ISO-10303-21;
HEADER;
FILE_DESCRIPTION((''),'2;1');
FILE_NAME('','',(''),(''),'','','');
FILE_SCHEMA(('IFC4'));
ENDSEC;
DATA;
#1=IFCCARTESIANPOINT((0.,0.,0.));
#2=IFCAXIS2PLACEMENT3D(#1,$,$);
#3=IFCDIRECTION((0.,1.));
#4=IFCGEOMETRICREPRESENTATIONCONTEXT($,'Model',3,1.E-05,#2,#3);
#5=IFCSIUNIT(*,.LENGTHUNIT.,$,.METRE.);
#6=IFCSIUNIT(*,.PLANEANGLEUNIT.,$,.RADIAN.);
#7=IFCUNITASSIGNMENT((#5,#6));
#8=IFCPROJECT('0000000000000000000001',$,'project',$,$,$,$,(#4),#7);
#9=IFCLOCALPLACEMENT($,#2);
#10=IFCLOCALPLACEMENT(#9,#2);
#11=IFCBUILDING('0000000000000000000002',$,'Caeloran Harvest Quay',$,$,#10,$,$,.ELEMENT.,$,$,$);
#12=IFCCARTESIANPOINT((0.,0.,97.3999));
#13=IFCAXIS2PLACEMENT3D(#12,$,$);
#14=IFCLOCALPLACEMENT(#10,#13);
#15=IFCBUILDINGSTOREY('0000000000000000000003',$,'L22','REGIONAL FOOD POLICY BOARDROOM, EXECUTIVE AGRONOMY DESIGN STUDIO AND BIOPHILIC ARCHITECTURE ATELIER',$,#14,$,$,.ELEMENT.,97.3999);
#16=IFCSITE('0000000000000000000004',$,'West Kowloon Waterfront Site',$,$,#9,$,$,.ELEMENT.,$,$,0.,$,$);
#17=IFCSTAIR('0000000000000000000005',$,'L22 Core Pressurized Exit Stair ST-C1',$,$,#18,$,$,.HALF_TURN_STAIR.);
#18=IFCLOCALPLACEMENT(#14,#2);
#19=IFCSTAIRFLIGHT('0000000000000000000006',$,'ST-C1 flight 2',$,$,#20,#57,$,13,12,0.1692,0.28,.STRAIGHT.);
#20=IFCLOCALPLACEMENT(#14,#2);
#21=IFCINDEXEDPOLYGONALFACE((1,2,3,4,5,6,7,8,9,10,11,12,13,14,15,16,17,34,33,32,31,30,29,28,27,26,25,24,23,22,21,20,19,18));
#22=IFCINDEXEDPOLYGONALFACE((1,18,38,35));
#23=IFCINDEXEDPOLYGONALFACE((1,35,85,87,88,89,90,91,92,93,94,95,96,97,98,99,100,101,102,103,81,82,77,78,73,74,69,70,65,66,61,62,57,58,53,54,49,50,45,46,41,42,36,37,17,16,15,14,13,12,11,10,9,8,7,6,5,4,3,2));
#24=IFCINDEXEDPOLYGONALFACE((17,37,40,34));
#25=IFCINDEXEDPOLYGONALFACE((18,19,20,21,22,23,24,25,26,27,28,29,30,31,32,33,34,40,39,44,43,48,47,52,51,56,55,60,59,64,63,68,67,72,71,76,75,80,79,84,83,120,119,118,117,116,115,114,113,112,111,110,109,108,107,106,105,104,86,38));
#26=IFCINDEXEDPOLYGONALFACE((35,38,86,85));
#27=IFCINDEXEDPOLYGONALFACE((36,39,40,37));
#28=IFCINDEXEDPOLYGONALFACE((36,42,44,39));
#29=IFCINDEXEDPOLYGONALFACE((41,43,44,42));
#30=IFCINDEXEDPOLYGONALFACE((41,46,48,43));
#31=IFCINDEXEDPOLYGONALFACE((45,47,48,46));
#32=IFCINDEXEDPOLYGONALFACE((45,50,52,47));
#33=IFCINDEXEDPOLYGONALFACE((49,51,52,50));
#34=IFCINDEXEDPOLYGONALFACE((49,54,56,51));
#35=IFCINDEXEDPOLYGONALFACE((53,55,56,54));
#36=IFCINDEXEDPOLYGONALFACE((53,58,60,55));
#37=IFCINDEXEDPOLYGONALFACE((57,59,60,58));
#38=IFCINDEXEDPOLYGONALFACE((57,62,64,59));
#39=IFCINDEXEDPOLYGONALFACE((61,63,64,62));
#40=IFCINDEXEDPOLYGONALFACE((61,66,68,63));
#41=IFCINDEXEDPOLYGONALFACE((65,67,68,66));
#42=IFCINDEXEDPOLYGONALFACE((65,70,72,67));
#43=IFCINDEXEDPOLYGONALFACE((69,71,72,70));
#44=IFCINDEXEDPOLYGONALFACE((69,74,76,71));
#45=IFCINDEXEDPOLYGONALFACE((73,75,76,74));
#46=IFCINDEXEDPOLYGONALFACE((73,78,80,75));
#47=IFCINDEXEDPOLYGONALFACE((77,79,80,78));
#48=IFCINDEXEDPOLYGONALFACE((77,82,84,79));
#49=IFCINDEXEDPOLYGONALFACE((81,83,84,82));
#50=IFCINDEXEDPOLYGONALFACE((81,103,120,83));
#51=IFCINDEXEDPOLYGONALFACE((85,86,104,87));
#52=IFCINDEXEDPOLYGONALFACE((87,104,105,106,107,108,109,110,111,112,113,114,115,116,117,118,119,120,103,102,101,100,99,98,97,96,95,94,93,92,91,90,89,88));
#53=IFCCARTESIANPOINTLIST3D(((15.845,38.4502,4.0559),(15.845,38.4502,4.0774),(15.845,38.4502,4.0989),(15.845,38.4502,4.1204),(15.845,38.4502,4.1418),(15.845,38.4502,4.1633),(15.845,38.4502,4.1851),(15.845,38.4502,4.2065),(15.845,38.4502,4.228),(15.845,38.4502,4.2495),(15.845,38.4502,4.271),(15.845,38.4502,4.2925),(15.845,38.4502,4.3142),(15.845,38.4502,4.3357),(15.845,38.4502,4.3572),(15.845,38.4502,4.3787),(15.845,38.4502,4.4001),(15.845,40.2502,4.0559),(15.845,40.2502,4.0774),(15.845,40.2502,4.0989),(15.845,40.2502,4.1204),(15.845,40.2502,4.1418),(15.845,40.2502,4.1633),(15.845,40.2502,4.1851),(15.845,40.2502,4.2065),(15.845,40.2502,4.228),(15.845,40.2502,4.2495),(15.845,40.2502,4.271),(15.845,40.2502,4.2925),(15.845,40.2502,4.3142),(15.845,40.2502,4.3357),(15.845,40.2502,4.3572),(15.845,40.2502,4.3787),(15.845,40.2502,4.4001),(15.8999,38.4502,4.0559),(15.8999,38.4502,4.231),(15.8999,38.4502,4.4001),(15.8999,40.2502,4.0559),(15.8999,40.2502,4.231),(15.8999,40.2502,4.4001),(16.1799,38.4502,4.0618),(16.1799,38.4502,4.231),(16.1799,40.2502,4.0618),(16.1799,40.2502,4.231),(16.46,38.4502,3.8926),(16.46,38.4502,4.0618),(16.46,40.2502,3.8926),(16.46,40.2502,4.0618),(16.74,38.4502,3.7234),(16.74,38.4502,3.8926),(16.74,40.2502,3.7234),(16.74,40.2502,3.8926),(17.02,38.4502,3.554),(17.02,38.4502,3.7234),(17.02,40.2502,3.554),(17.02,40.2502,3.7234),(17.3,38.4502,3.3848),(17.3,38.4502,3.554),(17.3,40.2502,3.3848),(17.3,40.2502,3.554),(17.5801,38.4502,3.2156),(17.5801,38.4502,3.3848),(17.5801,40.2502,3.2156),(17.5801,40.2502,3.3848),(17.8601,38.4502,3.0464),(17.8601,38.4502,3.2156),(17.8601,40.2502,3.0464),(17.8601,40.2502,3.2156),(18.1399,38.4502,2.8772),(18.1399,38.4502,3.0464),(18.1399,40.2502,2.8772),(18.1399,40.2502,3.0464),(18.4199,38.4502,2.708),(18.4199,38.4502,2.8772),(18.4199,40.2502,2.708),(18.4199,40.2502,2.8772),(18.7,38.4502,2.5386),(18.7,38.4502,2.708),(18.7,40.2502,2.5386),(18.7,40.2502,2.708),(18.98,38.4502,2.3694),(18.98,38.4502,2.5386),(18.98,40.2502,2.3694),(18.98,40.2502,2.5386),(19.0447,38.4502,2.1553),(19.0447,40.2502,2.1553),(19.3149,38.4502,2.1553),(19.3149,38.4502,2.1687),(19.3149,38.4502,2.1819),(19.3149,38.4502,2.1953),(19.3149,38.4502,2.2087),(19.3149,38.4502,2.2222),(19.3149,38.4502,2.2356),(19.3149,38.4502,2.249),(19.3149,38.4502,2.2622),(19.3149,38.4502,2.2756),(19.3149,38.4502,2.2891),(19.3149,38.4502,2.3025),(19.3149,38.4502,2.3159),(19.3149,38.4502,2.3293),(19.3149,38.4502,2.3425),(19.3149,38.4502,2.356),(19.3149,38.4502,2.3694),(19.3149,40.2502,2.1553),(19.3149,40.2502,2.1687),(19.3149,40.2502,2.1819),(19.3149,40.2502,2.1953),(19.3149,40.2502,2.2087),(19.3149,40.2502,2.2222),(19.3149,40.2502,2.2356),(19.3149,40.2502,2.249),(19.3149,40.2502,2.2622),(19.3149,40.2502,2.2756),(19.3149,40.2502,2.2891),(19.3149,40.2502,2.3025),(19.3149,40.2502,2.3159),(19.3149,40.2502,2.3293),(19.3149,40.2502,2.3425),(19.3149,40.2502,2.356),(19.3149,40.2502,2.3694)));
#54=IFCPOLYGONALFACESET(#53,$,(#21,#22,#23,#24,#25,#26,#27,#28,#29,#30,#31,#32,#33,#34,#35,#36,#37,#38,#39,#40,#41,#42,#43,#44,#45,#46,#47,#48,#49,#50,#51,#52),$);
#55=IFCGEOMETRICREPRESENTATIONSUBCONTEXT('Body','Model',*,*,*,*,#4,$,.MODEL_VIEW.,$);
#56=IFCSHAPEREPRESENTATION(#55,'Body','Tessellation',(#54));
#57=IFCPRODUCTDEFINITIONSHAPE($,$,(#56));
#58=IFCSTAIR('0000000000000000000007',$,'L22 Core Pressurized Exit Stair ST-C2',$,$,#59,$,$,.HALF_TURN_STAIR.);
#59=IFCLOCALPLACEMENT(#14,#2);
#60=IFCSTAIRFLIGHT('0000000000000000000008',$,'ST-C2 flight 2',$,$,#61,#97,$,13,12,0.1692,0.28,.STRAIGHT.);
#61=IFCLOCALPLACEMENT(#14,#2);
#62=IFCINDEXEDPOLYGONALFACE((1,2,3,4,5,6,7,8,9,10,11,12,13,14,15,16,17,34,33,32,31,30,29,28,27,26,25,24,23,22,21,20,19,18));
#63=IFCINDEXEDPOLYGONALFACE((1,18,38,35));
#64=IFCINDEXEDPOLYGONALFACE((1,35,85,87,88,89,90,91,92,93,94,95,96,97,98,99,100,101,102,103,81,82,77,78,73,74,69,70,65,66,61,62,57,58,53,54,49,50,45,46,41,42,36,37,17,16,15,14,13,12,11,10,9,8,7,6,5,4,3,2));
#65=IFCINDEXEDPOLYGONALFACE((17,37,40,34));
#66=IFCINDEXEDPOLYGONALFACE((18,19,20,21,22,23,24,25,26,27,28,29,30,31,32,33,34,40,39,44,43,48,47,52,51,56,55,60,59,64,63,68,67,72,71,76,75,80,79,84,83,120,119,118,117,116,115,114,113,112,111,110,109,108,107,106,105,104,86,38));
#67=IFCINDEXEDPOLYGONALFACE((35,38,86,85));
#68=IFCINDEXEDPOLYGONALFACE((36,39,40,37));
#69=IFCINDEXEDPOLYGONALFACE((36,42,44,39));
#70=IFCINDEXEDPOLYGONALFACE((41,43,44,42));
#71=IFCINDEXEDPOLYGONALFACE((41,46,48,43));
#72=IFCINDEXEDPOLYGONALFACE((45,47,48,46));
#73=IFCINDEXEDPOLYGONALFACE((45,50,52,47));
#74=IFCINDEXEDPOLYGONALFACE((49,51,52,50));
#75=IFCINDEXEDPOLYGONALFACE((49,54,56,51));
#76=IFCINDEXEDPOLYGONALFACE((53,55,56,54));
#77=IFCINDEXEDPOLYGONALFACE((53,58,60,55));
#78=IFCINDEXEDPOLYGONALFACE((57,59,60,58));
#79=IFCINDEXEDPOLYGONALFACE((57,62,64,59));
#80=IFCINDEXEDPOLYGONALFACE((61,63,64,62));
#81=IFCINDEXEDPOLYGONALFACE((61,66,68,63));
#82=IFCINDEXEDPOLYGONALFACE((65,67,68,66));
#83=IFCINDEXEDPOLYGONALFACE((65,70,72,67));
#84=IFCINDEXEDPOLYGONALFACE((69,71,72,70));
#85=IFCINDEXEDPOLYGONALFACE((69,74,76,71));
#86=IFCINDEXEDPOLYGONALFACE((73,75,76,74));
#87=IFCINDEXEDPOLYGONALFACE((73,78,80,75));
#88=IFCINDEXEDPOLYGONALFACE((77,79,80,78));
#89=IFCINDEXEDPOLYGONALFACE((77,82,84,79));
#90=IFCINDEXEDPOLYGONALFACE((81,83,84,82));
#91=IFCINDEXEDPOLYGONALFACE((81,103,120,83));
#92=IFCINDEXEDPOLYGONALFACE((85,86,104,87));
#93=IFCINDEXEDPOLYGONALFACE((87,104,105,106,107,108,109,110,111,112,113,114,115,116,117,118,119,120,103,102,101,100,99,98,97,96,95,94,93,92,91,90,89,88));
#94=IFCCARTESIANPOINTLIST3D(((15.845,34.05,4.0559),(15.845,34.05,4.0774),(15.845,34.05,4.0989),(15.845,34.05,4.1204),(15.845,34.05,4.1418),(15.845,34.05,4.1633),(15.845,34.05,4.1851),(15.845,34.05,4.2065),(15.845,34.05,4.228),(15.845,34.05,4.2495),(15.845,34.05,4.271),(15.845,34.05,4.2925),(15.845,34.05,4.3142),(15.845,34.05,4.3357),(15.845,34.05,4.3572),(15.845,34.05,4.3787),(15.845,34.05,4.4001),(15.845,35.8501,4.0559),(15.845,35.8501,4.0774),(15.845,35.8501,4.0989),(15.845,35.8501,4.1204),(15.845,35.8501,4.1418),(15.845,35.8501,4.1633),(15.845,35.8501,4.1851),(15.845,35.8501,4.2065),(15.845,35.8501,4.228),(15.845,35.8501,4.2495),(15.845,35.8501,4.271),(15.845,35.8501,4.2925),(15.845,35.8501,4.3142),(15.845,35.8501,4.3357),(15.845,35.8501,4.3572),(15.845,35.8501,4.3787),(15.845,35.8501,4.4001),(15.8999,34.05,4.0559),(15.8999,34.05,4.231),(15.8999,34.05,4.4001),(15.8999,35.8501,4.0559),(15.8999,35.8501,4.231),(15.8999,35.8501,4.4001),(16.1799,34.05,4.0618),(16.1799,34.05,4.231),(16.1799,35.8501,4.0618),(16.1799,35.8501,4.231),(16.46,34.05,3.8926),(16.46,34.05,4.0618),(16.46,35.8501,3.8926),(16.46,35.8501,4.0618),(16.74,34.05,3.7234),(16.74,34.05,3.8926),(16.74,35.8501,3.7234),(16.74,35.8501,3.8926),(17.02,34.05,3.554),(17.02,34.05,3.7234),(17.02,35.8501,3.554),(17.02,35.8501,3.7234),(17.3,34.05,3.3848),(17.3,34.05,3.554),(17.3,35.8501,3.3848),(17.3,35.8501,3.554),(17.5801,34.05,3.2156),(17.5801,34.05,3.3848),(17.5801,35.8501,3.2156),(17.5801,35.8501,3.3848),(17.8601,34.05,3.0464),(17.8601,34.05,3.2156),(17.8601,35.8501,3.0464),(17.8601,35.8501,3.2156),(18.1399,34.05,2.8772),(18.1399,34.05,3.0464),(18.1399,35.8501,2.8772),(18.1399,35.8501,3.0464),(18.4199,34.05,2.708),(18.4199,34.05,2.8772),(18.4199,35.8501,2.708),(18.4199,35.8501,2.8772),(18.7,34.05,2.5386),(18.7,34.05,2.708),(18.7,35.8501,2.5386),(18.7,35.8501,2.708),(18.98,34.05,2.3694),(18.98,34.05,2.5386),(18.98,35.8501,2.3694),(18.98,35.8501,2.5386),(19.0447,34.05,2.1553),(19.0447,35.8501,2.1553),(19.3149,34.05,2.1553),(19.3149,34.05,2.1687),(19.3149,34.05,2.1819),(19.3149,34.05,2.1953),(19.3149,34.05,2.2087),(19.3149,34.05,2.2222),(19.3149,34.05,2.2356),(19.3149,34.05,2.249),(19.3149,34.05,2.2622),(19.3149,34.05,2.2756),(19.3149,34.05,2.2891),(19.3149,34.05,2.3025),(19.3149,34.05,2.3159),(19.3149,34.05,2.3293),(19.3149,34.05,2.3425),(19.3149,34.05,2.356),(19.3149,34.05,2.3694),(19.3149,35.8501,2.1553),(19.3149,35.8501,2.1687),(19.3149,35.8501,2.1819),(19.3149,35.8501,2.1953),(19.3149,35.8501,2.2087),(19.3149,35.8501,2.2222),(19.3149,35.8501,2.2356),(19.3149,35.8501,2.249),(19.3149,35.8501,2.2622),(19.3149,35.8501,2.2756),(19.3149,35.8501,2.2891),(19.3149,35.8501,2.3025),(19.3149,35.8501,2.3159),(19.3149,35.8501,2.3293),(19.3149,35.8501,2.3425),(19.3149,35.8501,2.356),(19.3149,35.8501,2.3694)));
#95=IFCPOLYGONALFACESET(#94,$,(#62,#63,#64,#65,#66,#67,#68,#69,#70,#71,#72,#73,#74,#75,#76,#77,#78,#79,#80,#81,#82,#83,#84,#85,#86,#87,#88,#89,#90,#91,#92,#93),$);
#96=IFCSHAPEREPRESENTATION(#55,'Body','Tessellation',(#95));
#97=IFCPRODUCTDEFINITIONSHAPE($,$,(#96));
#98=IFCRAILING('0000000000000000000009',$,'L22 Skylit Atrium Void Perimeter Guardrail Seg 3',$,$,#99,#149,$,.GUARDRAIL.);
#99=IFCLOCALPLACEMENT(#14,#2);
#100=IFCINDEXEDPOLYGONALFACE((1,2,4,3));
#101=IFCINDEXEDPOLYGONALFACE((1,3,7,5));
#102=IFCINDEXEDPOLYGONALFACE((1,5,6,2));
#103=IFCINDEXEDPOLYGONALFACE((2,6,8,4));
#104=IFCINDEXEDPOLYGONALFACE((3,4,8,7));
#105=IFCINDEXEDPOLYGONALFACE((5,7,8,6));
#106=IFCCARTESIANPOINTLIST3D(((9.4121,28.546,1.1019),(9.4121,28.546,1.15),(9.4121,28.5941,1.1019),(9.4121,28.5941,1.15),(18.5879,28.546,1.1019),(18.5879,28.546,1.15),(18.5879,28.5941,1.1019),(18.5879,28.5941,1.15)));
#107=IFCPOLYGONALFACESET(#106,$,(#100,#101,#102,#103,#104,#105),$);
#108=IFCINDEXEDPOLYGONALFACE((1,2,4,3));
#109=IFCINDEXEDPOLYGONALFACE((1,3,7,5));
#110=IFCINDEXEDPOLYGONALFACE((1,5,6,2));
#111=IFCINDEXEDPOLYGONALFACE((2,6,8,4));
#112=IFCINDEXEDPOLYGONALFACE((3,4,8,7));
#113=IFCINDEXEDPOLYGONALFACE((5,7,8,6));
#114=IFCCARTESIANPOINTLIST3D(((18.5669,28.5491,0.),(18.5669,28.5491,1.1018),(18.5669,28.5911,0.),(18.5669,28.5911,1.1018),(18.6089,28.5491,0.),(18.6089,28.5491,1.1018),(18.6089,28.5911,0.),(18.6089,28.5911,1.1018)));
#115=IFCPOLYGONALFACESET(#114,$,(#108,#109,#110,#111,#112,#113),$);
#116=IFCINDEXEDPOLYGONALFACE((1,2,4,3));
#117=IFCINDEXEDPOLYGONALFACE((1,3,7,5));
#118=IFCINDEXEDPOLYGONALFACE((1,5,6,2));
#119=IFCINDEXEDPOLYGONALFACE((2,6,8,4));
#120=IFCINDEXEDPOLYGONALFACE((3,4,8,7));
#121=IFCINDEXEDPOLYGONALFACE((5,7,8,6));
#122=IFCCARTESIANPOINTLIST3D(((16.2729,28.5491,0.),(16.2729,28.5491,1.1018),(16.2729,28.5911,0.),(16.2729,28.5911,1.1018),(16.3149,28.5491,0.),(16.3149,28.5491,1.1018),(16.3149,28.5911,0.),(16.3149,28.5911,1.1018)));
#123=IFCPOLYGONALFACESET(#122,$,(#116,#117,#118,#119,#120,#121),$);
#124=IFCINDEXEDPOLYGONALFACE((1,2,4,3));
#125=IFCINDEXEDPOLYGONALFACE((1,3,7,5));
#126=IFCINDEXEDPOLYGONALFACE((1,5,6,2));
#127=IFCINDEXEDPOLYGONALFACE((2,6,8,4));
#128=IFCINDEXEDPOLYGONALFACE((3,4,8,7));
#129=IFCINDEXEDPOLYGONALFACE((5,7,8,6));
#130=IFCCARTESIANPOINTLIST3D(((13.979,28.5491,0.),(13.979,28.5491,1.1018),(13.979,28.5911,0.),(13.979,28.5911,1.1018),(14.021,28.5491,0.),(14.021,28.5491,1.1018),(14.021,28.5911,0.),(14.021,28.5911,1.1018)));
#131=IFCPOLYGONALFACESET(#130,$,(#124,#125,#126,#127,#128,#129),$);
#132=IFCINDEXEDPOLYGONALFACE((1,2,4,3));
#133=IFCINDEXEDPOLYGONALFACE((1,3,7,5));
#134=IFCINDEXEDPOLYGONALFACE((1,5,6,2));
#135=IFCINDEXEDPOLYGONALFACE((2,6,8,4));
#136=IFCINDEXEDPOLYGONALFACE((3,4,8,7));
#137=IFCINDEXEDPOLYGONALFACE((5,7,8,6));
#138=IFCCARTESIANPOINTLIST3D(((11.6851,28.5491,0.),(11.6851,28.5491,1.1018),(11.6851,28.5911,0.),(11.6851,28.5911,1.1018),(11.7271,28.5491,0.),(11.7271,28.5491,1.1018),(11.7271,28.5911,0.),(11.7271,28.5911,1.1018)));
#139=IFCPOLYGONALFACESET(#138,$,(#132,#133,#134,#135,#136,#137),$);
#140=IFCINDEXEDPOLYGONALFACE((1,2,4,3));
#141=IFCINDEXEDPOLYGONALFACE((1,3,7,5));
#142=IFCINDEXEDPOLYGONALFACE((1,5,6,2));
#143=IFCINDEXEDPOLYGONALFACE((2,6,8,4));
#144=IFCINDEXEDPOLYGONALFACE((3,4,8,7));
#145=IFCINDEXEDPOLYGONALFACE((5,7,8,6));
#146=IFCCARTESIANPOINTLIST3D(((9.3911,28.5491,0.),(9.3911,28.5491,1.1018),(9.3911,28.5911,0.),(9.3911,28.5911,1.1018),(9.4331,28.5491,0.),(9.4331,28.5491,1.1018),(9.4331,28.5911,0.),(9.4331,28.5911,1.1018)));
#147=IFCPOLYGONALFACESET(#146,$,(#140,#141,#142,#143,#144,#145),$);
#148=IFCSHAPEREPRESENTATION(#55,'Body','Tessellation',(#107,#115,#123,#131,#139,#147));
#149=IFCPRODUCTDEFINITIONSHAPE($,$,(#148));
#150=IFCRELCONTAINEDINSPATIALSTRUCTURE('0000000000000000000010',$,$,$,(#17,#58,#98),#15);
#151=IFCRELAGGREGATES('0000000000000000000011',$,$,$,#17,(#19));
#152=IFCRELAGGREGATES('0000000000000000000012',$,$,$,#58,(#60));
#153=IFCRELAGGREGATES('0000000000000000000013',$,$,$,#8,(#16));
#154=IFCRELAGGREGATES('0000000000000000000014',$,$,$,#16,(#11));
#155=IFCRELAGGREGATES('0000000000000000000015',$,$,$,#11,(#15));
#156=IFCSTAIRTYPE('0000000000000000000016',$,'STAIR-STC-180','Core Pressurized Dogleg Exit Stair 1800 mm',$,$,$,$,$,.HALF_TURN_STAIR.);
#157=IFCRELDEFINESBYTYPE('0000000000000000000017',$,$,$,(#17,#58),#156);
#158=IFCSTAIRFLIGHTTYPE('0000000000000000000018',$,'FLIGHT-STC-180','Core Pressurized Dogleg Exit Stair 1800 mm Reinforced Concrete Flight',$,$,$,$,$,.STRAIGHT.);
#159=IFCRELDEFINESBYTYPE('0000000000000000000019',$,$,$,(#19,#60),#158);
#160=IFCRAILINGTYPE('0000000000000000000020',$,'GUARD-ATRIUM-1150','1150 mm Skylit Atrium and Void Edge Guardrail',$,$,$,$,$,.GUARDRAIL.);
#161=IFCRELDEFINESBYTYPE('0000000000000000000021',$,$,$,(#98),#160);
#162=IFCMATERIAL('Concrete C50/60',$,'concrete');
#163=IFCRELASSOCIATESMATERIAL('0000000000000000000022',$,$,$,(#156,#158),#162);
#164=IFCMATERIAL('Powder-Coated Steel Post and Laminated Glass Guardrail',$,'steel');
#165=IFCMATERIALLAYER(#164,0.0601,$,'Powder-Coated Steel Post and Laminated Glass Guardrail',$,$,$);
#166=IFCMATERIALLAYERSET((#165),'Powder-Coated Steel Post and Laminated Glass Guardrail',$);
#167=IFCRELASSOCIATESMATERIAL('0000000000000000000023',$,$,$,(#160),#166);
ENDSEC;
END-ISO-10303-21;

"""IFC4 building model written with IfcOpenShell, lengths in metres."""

from ifc_helpers import new_model, si_unit, direction, frame, origin, origin_2d, place, context, subcontext, project, spatial, polyline, rectangle, outline, extrude, material, layer, layer_set, type_object, element, aggregate, save


model = new_model("IFC4")

# Units and contexts
model_context = context("Model", 3, precision=1e-05, world=origin(), true_north=direction((0.0, 1.0)))
body_context = subcontext(model_context, "Body", "Model", "MODEL_VIEW")
ifc_project = project(units=[si_unit("LENGTHUNIT", "METRE"), si_unit("PLANEANGLEUNIT", "RADIAN")], contexts=[model_context])

# Site, building, storey
site_placement = place(None, origin())
site = spatial("IfcSite", under=ifc_project, at=site_placement, Name="West Kowloon Waterfront Site", CompositionType="ELEMENT", RefElevation=0.0)
building_placement = place(site_placement, origin())
building = spatial("IfcBuilding", under=site, at=building_placement, Name="Caeloran Harvest Quay", CompositionType="ELEMENT")
storey_placement = place(building_placement, frame((0.0, 0.0, 97.3999)))
storey = spatial("IfcBuildingStorey", under=building, at=storey_placement, Name="L22", Description="REGIONAL FOOD POLICY BOARDROOM, EXECUTIVE AGRONOMY DESIGN STUDIO AND BIOPHILIC ARCHITECTURE ATELIER", CompositionType="ELEMENT", Elevation=97.3999)

# Shared definitions
ifc_material_1 = material(Name="Concrete C50/60", Category="concrete")

# Stairs, stair flights
stair_type = type_object("IfcStairType", Name="STAIR-STC-180", Description="Core Pressurized Dogleg Exit Stair 1800 mm", PredefinedType="HALF_TURN_STAIR", material=ifc_material_1)
stair_1_placement = place(storey_placement, origin())
stair_1 = element("IfcStair", 1, at=stair_1_placement, inside=storey, type_object=stair_type, Name="L22 Core Pressurized Exit Stair ST-C1", PredefinedType="HALF_TURN_STAIR")
stair_flight_type = type_object("IfcStairFlightType", Name="FLIGHT-STC-180", Description="Core Pressurized Dogleg Exit Stair 1800 mm Reinforced Concrete Flight", PredefinedType="STRAIGHT", material=ifc_material_1)
stair_flight_1_placement = place(storey_placement, frame((19.26, 39.3501, 2.2002), z_axis=(0.0, 0.0, 1.0), x_axis=(-1.0, 0.0, 0.0)))
stair_flight_1 = element("IfcStairFlight", 2, at=stair_flight_1_placement, type_object=stair_flight_type, Name="ST-C1 flight 2", NumberOfRisers=13, NumberOfTreads=12, PredefinedType="STRAIGHT", RiserHeight=0.1692, TreadLength=0.28, context=body_context, shape_type="SweptSolid", body=[
    extrude(outline(polyline([(-0.0549, -0.0449), (-0.0549, -0.0315), (-0.0549, -0.0183), (-0.0549, -0.0049), (-0.0549, 0.0085), (-0.0549, 0.022), (-0.0549, 0.0354), (-0.0549, 0.0488), (-0.0549, 0.062), (-0.0549, 0.0754), (-0.0549, 0.0889), (-0.0549, 0.1023), (-0.0549, 0.1157), (-0.0549, 0.1292), (-0.0549, 0.1423), (-0.0549, 0.1558), (-0.0549, 0.1692), (0.28, 0.1692), (0.28, 0.3384), (0.5601, 0.3384), (0.5601, 0.5078), (0.8401, 0.5078), (0.8401, 0.677), (1.1201, 0.677), (1.1201, 0.8462), (1.3999, 0.8462), (1.3999, 1.0154), (1.6799, 1.0154), (1.6799, 1.1846), (1.96, 1.1846), (1.96, 1.3538), (2.24, 1.3538), (2.24, 1.5232), (2.52, 1.5232), (2.52, 1.6924), (2.8, 1.6924), (2.8, 1.8616), (3.0801, 1.8616), (3.0801, 2.0308), (3.3601, 2.0308), (3.3601, 2.2), (3.415, 2.2), (3.415, 2.1785), (3.415, 2.157), (3.415, 2.1355), (3.415, 2.114), (3.415, 2.0923), (3.415, 2.0708), (3.415, 2.0493), (3.415, 2.0278), (3.415, 2.0063), (3.415, 1.9849), (3.415, 1.9631), (3.415, 1.9417), (3.415, 1.9202), (3.415, 1.8987), (3.415, 1.8772), (3.415, 1.8557), (3.3601, 1.8557), (0.2153, -0.0449), (-0.0549, -0.0449)])), frame((0.0, 0.8999, 0.0), z_axis=(0.0, -1.0, 0.0), x_axis=(1.0, 0.0, 0.0)), (0.0, 0.0, 1.0), 1.8),
])
aggregate(stair_1, [stair_flight_1])
stair_2_placement = place(storey_placement, origin())
stair_2 = element("IfcStair", 3, at=stair_2_placement, inside=storey, type_object=stair_type, Name="L22 Core Pressurized Exit Stair ST-C2", PredefinedType="HALF_TURN_STAIR")
stair_flight_2_placement = place(storey_placement, frame((19.26, 34.95, 2.2002), z_axis=(0.0, 0.0, 1.0), x_axis=(-1.0, 0.0, 0.0)))
stair_flight_2 = element("IfcStairFlight", 4, at=stair_flight_2_placement, type_object=stair_flight_type, Name="ST-C2 flight 2", NumberOfRisers=13, NumberOfTreads=12, PredefinedType="STRAIGHT", RiserHeight=0.1692, TreadLength=0.28, context=body_context, shape_type="SweptSolid", body=[
    extrude(outline(polyline([(-0.0549, -0.0449), (-0.0549, -0.0315), (-0.0549, -0.0183), (-0.0549, -0.0049), (-0.0549, 0.0085), (-0.0549, 0.022), (-0.0549, 0.0354), (-0.0549, 0.0488), (-0.0549, 0.062), (-0.0549, 0.0754), (-0.0549, 0.0889), (-0.0549, 0.1023), (-0.0549, 0.1157), (-0.0549, 0.1292), (-0.0549, 0.1423), (-0.0549, 0.1558), (-0.0549, 0.1692), (0.28, 0.1692), (0.28, 0.3384), (0.5601, 0.3384), (0.5601, 0.5078), (0.8401, 0.5078), (0.8401, 0.677), (1.1201, 0.677), (1.1201, 0.8462), (1.3999, 0.8462), (1.3999, 1.0154), (1.6799, 1.0154), (1.6799, 1.1846), (1.96, 1.1846), (1.96, 1.3538), (2.24, 1.3538), (2.24, 1.5232), (2.52, 1.5232), (2.52, 1.6924), (2.8, 1.6924), (2.8, 1.8616), (3.0801, 1.8616), (3.0801, 2.0308), (3.3601, 2.0308), (3.3601, 2.2), (3.415, 2.2), (3.415, 2.1785), (3.415, 2.157), (3.415, 2.1355), (3.415, 2.114), (3.415, 2.0923), (3.415, 2.0708), (3.415, 2.0493), (3.415, 2.0278), (3.415, 2.0063), (3.415, 1.9849), (3.415, 1.9631), (3.415, 1.9417), (3.415, 1.9202), (3.415, 1.8987), (3.415, 1.8772), (3.415, 1.8557), (3.3601, 1.8557), (0.2153, -0.0449), (-0.0549, -0.0449)])), frame((0.0, 0.8999, 0.0), z_axis=(0.0, -1.0, 0.0), x_axis=(1.0, 0.0, 0.0)), (0.0, 0.0, 1.0), 1.8),
])
aggregate(stair_2, [stair_flight_2])

# Railing
ifc_material_2 = material(Name="Powder-Coated Steel Post and Laminated Glass Guardrail", Category="steel")
ifc_layer_1 = layer(ifc_material_2, 0.0601, Name="Powder-Coated Steel Post and Laminated Glass Guardrail")
ifc_layer_set_1 = layer_set([ifc_layer_1], Name="Powder-Coated Steel Post and Laminated Glass Guardrail")
railing_type_1 = type_object("IfcRailingType", Name="GUARD-ATRIUM-1150", Description="1150 mm Skylit Atrium and Void Edge Guardrail", PredefinedType="GUARDRAIL", material=ifc_layer_set_1)
railing_1_placement = place(storey_placement, frame((18.5879, 28.5701, 0.0)))
element("IfcRailing", 5, at=railing_1_placement, inside=storey, type_object=railing_type_1, Name="L22 Skylit Atrium Void Perimeter Guardrail Seg 3", PredefinedType="GUARDRAIL", context=body_context, shape_type="SweptSolid", body=[
    extrude(rectangle(XDim=0.0481, YDim=0.0481, at=origin_2d()), frame((0.0, 0.0, 1.126), z_axis=(-1.0, 0.0, 0.0), x_axis=(0.0, -1.0, 0.0)), (0.0, 0.0, 1.0), 9.1758),
    extrude(rectangle(XDim=0.042, YDim=0.042, at=origin_2d()), origin(), (0.0, 0.0, 1.0), 1.1018),
    extrude(rectangle(XDim=0.042, YDim=0.042, at=origin_2d()), frame((-2.2939, 0.0, 0.0)), (0.0, 0.0, 1.0), 1.1018),
    extrude(rectangle(XDim=0.042, YDim=0.042, at=origin_2d()), frame((-4.5879, 0.0, 0.0)), (0.0, 0.0, 1.0), 1.1018),
    extrude(rectangle(XDim=0.042, YDim=0.042, at=origin_2d()), frame((-6.8818, 0.0, 0.0)), (0.0, 0.0, 1.0), 1.1018),
    extrude(rectangle(XDim=0.042, YDim=0.042, at=origin_2d()), frame((-9.1758, 0.0, 0.0)), (0.0, 0.0, 1.0), 1.1018),
])

save(model, "model.ifc")
